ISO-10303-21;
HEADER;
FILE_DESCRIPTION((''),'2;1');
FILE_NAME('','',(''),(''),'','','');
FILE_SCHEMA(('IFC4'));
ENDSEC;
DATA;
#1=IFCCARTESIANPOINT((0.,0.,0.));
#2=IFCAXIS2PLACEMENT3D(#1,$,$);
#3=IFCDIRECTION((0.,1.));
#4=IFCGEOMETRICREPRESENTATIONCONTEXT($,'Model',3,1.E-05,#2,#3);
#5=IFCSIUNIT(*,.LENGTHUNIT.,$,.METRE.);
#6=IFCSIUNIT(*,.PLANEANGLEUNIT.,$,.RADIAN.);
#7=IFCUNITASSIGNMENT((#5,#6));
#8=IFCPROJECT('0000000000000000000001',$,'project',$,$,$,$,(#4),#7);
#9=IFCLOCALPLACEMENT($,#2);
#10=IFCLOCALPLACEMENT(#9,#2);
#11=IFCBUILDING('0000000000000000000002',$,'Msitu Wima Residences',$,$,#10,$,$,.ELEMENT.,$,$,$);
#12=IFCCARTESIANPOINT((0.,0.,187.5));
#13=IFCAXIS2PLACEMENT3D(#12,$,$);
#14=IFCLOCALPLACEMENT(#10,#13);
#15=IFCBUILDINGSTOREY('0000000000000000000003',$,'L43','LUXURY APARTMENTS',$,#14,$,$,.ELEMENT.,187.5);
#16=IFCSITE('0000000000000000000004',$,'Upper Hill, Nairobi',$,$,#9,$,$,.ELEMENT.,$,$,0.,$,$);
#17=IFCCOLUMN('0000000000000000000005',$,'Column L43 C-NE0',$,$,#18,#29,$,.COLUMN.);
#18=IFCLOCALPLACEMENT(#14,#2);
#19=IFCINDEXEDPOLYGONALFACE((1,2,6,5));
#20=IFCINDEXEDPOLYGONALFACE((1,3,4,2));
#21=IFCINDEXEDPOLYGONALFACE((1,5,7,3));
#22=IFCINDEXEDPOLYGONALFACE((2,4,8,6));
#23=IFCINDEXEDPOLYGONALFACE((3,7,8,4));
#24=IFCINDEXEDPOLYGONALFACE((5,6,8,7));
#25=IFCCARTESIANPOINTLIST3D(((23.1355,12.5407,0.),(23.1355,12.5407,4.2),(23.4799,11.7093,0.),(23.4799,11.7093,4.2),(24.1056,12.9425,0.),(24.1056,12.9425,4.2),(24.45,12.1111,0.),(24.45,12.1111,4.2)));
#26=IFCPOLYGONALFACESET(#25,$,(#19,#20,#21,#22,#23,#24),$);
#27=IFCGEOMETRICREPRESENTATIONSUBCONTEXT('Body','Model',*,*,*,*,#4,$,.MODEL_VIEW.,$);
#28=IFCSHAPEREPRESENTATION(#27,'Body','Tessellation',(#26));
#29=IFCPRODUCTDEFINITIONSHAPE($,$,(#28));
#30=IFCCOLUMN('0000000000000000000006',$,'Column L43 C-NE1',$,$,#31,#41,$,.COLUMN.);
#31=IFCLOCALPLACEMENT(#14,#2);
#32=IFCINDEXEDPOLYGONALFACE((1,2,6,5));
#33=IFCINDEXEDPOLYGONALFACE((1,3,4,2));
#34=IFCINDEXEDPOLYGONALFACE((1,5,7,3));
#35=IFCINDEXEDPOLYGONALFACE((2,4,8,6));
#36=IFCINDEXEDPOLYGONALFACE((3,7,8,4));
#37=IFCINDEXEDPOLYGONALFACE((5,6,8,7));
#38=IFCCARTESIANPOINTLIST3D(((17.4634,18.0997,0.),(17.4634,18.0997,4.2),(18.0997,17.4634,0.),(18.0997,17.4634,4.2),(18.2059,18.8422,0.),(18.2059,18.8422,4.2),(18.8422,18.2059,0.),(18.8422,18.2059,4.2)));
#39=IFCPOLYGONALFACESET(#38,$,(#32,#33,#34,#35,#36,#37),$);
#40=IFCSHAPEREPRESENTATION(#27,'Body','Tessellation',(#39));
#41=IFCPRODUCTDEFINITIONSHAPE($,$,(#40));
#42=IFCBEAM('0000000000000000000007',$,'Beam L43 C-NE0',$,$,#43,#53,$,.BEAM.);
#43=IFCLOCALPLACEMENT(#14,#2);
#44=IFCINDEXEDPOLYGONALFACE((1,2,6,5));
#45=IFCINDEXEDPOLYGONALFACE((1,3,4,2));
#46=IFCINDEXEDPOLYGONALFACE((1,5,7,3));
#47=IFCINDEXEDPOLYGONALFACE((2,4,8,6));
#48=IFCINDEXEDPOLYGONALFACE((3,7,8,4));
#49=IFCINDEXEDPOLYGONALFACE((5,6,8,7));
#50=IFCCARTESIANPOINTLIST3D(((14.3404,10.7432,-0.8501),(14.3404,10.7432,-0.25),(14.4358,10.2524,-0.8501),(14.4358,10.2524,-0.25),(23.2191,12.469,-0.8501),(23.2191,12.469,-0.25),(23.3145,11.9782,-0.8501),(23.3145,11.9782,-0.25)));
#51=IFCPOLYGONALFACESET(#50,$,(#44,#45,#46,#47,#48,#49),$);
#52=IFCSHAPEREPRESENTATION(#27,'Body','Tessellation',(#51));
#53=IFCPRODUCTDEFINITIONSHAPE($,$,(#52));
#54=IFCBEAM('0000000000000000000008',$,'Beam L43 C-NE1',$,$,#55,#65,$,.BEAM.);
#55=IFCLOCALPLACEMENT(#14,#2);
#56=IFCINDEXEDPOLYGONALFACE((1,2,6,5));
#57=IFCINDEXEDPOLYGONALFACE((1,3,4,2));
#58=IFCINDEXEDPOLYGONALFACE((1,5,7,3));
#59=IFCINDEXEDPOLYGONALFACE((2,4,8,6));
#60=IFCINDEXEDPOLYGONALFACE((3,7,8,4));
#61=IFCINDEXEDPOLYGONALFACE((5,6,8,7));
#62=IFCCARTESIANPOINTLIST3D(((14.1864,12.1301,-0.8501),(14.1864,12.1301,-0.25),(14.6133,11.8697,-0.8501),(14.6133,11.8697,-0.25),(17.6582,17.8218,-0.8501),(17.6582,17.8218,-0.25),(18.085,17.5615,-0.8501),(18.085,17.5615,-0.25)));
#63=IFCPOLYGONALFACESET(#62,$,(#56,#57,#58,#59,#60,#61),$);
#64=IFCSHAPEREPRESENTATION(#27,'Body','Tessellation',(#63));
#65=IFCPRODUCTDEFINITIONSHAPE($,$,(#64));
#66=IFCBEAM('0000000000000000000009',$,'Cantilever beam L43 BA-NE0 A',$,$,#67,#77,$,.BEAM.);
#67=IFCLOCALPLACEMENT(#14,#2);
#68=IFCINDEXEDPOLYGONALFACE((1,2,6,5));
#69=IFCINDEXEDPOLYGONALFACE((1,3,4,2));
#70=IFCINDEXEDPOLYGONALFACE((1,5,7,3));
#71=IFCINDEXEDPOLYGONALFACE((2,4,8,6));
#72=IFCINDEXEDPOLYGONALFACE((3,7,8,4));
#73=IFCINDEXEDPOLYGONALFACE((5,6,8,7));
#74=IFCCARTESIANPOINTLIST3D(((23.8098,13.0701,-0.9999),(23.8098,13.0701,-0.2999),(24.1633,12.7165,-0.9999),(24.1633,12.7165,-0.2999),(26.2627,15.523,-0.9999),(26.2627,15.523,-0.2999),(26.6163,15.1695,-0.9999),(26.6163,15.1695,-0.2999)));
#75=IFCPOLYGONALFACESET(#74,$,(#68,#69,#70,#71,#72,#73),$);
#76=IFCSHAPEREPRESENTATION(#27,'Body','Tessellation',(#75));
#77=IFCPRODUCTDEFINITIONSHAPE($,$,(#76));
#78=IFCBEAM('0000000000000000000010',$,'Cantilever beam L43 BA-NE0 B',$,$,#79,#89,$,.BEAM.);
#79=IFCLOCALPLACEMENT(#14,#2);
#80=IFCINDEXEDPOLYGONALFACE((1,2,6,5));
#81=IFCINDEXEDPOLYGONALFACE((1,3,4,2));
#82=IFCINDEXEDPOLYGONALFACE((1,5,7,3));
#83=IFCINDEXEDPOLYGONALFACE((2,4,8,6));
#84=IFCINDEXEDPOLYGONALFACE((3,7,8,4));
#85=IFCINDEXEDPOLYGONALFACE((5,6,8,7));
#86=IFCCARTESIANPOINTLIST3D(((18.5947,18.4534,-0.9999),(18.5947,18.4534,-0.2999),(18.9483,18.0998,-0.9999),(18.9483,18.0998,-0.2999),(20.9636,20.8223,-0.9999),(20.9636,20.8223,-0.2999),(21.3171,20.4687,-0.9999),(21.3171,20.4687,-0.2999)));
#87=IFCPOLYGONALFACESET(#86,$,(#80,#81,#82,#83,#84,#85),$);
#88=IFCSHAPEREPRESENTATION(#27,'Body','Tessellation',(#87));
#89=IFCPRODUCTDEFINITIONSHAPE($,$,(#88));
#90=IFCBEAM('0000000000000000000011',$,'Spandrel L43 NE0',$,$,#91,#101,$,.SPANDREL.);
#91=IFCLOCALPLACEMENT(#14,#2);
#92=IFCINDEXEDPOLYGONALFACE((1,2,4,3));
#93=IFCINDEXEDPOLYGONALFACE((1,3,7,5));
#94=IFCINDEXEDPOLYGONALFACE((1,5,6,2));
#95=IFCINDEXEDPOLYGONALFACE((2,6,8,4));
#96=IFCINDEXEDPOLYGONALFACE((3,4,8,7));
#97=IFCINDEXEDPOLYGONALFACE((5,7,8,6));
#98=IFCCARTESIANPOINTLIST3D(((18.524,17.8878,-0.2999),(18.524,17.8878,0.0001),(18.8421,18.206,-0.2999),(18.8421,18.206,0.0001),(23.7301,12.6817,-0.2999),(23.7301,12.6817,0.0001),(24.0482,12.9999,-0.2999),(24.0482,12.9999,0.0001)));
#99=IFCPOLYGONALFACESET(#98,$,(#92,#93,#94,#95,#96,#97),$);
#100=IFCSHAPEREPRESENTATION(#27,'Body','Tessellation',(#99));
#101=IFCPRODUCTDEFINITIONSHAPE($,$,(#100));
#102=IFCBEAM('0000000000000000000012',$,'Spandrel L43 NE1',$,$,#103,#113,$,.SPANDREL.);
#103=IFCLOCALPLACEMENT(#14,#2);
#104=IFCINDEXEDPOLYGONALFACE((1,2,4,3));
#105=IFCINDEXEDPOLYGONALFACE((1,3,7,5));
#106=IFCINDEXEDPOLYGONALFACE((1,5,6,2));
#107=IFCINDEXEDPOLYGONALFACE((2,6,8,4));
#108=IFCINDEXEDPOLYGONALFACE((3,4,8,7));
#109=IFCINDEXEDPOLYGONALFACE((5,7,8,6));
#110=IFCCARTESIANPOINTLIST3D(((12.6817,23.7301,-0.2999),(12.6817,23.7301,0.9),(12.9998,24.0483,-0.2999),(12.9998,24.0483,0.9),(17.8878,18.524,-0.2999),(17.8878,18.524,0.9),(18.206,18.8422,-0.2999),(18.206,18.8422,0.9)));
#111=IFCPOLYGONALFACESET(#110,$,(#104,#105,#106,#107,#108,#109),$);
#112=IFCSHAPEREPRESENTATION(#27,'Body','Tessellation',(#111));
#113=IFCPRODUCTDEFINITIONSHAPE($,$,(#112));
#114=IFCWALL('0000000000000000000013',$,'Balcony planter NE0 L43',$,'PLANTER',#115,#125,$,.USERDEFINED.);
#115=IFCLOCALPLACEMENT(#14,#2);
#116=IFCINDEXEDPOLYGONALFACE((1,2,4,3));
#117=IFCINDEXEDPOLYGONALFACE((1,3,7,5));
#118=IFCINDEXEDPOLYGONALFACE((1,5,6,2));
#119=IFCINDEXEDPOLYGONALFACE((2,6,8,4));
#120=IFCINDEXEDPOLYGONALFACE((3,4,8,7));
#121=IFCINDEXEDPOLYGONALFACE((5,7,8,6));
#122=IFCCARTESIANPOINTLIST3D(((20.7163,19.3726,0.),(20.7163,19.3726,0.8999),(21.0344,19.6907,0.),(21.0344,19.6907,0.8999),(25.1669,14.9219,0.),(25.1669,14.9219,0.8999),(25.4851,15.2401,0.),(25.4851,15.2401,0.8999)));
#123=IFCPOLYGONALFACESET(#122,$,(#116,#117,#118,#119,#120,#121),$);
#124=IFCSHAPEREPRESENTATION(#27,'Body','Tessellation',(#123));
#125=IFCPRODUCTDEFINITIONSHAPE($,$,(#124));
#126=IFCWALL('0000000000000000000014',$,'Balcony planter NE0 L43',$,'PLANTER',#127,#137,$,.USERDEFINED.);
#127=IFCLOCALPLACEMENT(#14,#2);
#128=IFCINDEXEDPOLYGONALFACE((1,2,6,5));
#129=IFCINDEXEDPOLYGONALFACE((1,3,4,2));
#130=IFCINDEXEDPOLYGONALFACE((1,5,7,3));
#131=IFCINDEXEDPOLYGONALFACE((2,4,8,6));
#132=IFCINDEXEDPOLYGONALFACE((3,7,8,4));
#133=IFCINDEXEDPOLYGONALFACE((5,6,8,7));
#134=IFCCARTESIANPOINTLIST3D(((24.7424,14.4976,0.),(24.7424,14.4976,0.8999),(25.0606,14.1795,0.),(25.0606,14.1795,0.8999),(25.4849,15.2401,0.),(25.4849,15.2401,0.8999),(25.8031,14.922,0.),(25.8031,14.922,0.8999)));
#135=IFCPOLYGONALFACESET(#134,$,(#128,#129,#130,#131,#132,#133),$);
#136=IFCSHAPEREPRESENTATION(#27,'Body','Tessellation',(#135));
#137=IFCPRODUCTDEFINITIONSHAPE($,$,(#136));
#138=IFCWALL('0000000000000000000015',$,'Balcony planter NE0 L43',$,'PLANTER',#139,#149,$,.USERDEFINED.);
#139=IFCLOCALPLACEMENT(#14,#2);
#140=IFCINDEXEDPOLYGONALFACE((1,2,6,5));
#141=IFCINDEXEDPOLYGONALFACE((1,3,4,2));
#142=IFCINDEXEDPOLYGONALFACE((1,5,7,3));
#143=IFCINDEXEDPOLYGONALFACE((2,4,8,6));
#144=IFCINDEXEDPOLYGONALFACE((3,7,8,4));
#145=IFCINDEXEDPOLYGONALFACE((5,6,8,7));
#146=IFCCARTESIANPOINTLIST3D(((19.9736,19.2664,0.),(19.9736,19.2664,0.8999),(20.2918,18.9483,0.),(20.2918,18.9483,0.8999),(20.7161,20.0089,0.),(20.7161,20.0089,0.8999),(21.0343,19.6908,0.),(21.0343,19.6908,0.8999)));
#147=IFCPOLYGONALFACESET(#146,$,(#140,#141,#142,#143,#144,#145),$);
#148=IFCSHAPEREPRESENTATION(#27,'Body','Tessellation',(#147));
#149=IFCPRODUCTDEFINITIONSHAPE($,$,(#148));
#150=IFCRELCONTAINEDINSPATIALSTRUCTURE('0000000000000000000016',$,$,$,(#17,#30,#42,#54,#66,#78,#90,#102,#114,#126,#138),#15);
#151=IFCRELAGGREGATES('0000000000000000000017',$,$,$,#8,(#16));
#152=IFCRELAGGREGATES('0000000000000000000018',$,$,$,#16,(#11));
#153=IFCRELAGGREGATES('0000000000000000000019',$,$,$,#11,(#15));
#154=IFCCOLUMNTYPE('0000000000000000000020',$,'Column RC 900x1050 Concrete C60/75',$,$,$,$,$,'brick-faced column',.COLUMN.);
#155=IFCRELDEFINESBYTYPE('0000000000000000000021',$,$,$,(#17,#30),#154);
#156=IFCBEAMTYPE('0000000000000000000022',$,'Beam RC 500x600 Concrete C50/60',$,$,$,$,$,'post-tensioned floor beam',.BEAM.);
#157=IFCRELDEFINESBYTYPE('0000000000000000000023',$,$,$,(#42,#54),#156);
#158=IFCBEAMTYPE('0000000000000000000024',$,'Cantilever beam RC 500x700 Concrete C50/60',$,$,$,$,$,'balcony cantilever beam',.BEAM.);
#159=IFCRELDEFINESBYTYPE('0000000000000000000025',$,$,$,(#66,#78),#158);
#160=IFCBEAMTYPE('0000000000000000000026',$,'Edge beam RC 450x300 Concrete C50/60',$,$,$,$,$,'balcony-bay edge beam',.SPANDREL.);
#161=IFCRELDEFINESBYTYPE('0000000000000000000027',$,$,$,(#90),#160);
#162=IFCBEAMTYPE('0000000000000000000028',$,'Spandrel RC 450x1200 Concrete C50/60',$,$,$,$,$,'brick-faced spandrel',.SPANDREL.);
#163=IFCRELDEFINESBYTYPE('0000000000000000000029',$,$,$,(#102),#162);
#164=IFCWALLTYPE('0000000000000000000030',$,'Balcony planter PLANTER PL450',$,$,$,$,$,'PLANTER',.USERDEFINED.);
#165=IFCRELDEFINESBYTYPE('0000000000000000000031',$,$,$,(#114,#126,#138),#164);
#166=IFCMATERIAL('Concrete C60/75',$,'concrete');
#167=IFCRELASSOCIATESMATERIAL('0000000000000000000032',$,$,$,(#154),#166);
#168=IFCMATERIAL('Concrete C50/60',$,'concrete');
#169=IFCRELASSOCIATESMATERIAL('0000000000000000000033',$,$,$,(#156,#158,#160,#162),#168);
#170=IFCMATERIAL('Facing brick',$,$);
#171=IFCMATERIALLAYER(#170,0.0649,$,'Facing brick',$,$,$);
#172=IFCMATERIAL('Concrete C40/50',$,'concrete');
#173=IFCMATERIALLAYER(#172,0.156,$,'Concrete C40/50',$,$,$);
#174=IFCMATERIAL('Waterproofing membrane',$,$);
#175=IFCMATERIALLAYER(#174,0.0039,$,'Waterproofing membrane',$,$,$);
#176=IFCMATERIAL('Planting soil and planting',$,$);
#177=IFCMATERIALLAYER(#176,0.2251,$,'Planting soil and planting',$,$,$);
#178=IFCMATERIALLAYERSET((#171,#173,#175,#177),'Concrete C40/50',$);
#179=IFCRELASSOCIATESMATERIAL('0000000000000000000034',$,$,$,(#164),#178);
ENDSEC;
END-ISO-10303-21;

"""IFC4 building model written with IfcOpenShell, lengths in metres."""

from ifc_helpers import new_model, si_unit, direction, frame, frame_2d, origin, origin_2d, place, context, subcontext, project, spatial, rectangle, extrude, material, layer, layer_set, material_profile, profile_set, type_object, element, save


model = new_model("IFC4")

# Units and contexts
model_context = context("Model", 3, precision=1e-05, world=origin(), true_north=direction((0.0, 1.0)))
body_context = subcontext(model_context, "Body", "Model", "MODEL_VIEW")
ifc_project = project(units=[si_unit("LENGTHUNIT", "METRE"), si_unit("PLANEANGLEUNIT", "RADIAN")], contexts=[model_context])

# Site, building, storey
site_placement = place(None, origin())
site = spatial("IfcSite", under=ifc_project, at=site_placement, Name="Upper Hill, Nairobi", CompositionType="ELEMENT", RefElevation=0.0)
building_placement = place(site_placement, origin())
building = spatial("IfcBuilding", under=site, at=building_placement, Name="Msitu Wima Residences", CompositionType="ELEMENT")
storey_placement = place(building_placement, frame((0.0, 0.0, 187.5)))
storey = spatial("IfcBuildingStorey", under=building, at=storey_placement, Name="L43", Description="LUXURY APARTMENTS", CompositionType="ELEMENT", Elevation=187.5)

# Columns
ifc_material_1 = material(Name="Concrete C60/75", Category="concrete")
ifc_material_profile_1 = material_profile(ifc_material_1, rectangle(XDim=0.8999, YDim=1.05, at=origin_2d()), Name="RC 900x1050")
ifc_profile_set_1 = profile_set([ifc_material_profile_1], Name="Concrete C60/75")
column_type = type_object("IfcColumnType", Name="Column RC 900x1050 Concrete C60/75", ElementType="brick-faced column", PredefinedType="COLUMN", material=ifc_profile_set_1)
for number, where, z_axis, x_axis, name in (
    (1, (23.7927, 12.3259, 0.0), (0.0, 0.0, 1.0), (-0.382683, 0.92388, 0.0), "Column L43 C-NE0"),
    (2, (18.1528, 18.1528, 0.0), (0.0, 0.0, 1.0), (-0.707107, 0.707107, 0.0), "Column L43 C-NE1"),
):
    element("IfcColumn", number, at=place(storey_placement, frame(where, z_axis=z_axis, x_axis=x_axis)), inside=storey, type_object=column_type, Name=name, PredefinedType="COLUMN", context=body_context, shape_type="SweptSolid", body=[
        extrude(rectangle(XDim=0.8999, YDim=1.05, at=origin_2d()), origin(), (0.0, 0.0, 1.0), 4.2),
    ])

# Beams
ifc_material_2 = material(Name="Concrete C50/60", Category="concrete")
ifc_material_profile_2 = material_profile(ifc_material_2, rectangle(XDim=0.5, YDim=0.6001, at=origin_2d()), Name="RC 500x600")
ifc_profile_set_2 = profile_set([ifc_material_profile_2], Name="Concrete C50/60")
beam_type_1 = type_object("IfcBeamType", Name="Beam RC 500x600 Concrete C50/60", ElementType="post-tensioned floor beam", PredefinedType="BEAM", material=ifc_profile_set_2)
beam_1_placement = place(storey_placement, frame((23.2668, 12.2236, -0.55), z_axis=(-0.981627, -0.190808, 0.0), x_axis=(0.190808, -0.981627, 0.0)))
element("IfcBeam", 3, at=beam_1_placement, inside=storey, type_object=beam_type_1, Name="Beam L43 C-NE0", PredefinedType="BEAM", context=body_context, shape_type="SweptSolid", body=[
    extrude(rectangle(XDim=0.5, YDim=0.6001, at=origin_2d()), origin(), (0.0, 0.0, 1.0), 9.0449),
])
beam_2_placement = place(storey_placement, frame((17.8716, 17.6917, -0.55), z_axis=(-0.520734, -0.853719, 0.0), x_axis=(0.853719, -0.520734, 0.0)))
element("IfcBeam", 4, at=beam_2_placement, inside=storey, type_object=beam_type_1, Name="Beam L43 C-NE1", PredefinedType="BEAM", context=body_context, shape_type="SweptSolid", body=[
    extrude(rectangle(XDim=0.5, YDim=0.6001, at=origin_2d()), origin(), (0.0, 0.0, 1.0), 6.667),
])
ifc_material_profile_3 = material_profile(ifc_material_2, rectangle(XDim=0.5, YDim=0.7, at=origin_2d()), Name="RC 500x700")
ifc_profile_set_3 = profile_set([ifc_material_profile_3], Name="Concrete C50/60")
beam_type_2 = type_object("IfcBeamType", Name="Cantilever beam RC 500x700 Concrete C50/60", ElementType="balcony cantilever beam", PredefinedType="BEAM", material=ifc_profile_set_3)
beam_3_placement = place(storey_placement, frame((23.9866, 12.8933, -0.6499), z_axis=(0.707107, 0.707107, 0.0), x_axis=(-0.707107, 0.707107, 0.0)))
element("IfcBeam", 5, at=beam_3_placement, inside=storey, type_object=beam_type_2, Name="Cantilever beam L43 BA-NE0 A", PredefinedType="BEAM", context=body_context, shape_type="SweptSolid", body=[
    extrude(rectangle(XDim=0.5, YDim=0.7, at=origin_2d()), origin(), (0.0, 0.0, 1.0), 3.469),
])
beam_4_placement = place(storey_placement, frame((18.7715, 18.2766, -0.6499), z_axis=(0.707107, 0.707107, 0.0), x_axis=(-0.707107, 0.707107, 0.0)))
element("IfcBeam", 6, at=beam_4_placement, inside=storey, type_object=beam_type_2, Name="Cantilever beam L43 BA-NE0 B", PredefinedType="BEAM", context=body_context, shape_type="SweptSolid", body=[
    extrude(rectangle(XDim=0.5, YDim=0.7, at=origin_2d()), origin(), (0.0, 0.0, 1.0), 3.3501),
])
ifc_material_profile_4 = material_profile(ifc_material_2, rectangle(XDim=0.45, YDim=0.3, at=origin_2d()), Name="RC 450x300")
ifc_profile_set_4 = profile_set([ifc_material_profile_4], Name="Concrete C50/60")
beam_type_3 = type_object("IfcBeamType", Name="Edge beam RC 450x300 Concrete C50/60", ElementType="balcony-bay edge beam", PredefinedType="SPANDREL", material=ifc_profile_set_4)
beam_5_placement = place(storey_placement, frame((23.8892, 12.8408, -0.1499), z_axis=(-0.707107, 0.707107, 0.0), x_axis=(-0.707107, -0.707107, 0.0)))
element("IfcBeam", 7, at=beam_5_placement, inside=storey, type_object=beam_type_3, Name="Spandrel L43 NE0", PredefinedType="SPANDREL", context=body_context, shape_type="SweptSolid", body=[
    extrude(rectangle(XDim=0.45, YDim=0.3, at=origin_2d()), origin(), (0.0, 0.0, 1.0), 7.3625),
])
ifc_material_profile_5 = material_profile(ifc_material_2, rectangle(XDim=0.45, YDim=1.2, at=origin_2d()), Name="RC 450x1200")
ifc_profile_set_5 = profile_set([ifc_material_profile_5], Name="Concrete C50/60")
beam_type_4 = type_object("IfcBeamType", Name="Spandrel RC 450x1200 Concrete C50/60", ElementType="brick-faced spandrel", PredefinedType="SPANDREL", material=ifc_profile_set_5)
beam_6_placement = place(storey_placement, frame((18.0469, 18.6831, 0.3), z_axis=(-0.707107, 0.707107, 0.0), x_axis=(-0.707107, -0.707107, 0.0)))
element("IfcBeam", 8, at=beam_6_placement, inside=storey, type_object=beam_type_4, Name="Spandrel L43 NE1", PredefinedType="SPANDREL", context=body_context, shape_type="SweptSolid", body=[
    extrude(rectangle(XDim=0.45, YDim=1.2, at=origin_2d()), origin(), (0.0, 0.0, 1.0), 7.3625),
])

# Walls
ifc_material_3 = material(Name="Facing brick")
ifc_layer_1 = layer(ifc_material_3, 0.0649, Name="Facing brick")
ifc_material_4 = material(Name="Concrete C40/50", Category="concrete")
ifc_layer_2 = layer(ifc_material_4, 0.156, Name="Concrete C40/50")
ifc_material_5 = material(Name="Waterproofing membrane")
ifc_layer_3 = layer(ifc_material_5, 0.0039, Name="Waterproofing membrane")
ifc_material_6 = material(Name="Planting soil and planting")
ifc_layer_4 = layer(ifc_material_6, 0.2251, Name="Planting soil and planting")
ifc_layer_set_1 = layer_set([ifc_layer_1, ifc_layer_2, ifc_layer_3, ifc_layer_4], Name="Concrete C40/50")
wall_type_1 = type_object("IfcWallType", Name="Balcony planter PLANTER PL450", ElementType="PLANTER", PredefinedType="USERDEFINED", material=ifc_layer_set_1)
wall_1_placement = place(storey_placement, frame((25.3259, 15.0811, 0.0), z_axis=(0.0, 0.0, 1.0), x_axis=(-0.707107, 0.707107, 0.0)))
element("IfcWall", 9, at=wall_1_placement, inside=storey, type_object=wall_type_1, Name="Balcony planter NE0 L43", ObjectType="PLANTER", PredefinedType="USERDEFINED", context=body_context, shape_type="SweptSolid", body=[
    extrude(rectangle(XDim=6.2942, YDim=0.45, at=frame_2d((3.147, 0.0))), origin(), (0.0, 0.0, 1.0), 0.8999),
])
for number, where, z_axis, x_axis, name in (
    (10, (24.9016, 14.3386, 0.0), (0.0, 0.0, 1.0), (0.707107, 0.707107, 0.0), "Balcony planter NE0 L43"),
    (11, (20.1328, 19.1074, 0.0), (0.0, 0.0, 1.0), (0.707107, 0.707107, 0.0), "Balcony planter NE0 L43"),
):
    element("IfcWall", number, at=place(storey_placement, frame(where, z_axis=z_axis, x_axis=x_axis)), inside=storey, type_object=wall_type_1, Name=name, ObjectType="PLANTER", PredefinedType="USERDEFINED", context=body_context, shape_type="SweptSolid", body=[
        extrude(rectangle(XDim=1.05, YDim=0.45, at=frame_2d((0.5249, 0.0))), origin(), (0.0, 0.0, 1.0), 0.8999),
    ])

save(model, "model.ifc")
